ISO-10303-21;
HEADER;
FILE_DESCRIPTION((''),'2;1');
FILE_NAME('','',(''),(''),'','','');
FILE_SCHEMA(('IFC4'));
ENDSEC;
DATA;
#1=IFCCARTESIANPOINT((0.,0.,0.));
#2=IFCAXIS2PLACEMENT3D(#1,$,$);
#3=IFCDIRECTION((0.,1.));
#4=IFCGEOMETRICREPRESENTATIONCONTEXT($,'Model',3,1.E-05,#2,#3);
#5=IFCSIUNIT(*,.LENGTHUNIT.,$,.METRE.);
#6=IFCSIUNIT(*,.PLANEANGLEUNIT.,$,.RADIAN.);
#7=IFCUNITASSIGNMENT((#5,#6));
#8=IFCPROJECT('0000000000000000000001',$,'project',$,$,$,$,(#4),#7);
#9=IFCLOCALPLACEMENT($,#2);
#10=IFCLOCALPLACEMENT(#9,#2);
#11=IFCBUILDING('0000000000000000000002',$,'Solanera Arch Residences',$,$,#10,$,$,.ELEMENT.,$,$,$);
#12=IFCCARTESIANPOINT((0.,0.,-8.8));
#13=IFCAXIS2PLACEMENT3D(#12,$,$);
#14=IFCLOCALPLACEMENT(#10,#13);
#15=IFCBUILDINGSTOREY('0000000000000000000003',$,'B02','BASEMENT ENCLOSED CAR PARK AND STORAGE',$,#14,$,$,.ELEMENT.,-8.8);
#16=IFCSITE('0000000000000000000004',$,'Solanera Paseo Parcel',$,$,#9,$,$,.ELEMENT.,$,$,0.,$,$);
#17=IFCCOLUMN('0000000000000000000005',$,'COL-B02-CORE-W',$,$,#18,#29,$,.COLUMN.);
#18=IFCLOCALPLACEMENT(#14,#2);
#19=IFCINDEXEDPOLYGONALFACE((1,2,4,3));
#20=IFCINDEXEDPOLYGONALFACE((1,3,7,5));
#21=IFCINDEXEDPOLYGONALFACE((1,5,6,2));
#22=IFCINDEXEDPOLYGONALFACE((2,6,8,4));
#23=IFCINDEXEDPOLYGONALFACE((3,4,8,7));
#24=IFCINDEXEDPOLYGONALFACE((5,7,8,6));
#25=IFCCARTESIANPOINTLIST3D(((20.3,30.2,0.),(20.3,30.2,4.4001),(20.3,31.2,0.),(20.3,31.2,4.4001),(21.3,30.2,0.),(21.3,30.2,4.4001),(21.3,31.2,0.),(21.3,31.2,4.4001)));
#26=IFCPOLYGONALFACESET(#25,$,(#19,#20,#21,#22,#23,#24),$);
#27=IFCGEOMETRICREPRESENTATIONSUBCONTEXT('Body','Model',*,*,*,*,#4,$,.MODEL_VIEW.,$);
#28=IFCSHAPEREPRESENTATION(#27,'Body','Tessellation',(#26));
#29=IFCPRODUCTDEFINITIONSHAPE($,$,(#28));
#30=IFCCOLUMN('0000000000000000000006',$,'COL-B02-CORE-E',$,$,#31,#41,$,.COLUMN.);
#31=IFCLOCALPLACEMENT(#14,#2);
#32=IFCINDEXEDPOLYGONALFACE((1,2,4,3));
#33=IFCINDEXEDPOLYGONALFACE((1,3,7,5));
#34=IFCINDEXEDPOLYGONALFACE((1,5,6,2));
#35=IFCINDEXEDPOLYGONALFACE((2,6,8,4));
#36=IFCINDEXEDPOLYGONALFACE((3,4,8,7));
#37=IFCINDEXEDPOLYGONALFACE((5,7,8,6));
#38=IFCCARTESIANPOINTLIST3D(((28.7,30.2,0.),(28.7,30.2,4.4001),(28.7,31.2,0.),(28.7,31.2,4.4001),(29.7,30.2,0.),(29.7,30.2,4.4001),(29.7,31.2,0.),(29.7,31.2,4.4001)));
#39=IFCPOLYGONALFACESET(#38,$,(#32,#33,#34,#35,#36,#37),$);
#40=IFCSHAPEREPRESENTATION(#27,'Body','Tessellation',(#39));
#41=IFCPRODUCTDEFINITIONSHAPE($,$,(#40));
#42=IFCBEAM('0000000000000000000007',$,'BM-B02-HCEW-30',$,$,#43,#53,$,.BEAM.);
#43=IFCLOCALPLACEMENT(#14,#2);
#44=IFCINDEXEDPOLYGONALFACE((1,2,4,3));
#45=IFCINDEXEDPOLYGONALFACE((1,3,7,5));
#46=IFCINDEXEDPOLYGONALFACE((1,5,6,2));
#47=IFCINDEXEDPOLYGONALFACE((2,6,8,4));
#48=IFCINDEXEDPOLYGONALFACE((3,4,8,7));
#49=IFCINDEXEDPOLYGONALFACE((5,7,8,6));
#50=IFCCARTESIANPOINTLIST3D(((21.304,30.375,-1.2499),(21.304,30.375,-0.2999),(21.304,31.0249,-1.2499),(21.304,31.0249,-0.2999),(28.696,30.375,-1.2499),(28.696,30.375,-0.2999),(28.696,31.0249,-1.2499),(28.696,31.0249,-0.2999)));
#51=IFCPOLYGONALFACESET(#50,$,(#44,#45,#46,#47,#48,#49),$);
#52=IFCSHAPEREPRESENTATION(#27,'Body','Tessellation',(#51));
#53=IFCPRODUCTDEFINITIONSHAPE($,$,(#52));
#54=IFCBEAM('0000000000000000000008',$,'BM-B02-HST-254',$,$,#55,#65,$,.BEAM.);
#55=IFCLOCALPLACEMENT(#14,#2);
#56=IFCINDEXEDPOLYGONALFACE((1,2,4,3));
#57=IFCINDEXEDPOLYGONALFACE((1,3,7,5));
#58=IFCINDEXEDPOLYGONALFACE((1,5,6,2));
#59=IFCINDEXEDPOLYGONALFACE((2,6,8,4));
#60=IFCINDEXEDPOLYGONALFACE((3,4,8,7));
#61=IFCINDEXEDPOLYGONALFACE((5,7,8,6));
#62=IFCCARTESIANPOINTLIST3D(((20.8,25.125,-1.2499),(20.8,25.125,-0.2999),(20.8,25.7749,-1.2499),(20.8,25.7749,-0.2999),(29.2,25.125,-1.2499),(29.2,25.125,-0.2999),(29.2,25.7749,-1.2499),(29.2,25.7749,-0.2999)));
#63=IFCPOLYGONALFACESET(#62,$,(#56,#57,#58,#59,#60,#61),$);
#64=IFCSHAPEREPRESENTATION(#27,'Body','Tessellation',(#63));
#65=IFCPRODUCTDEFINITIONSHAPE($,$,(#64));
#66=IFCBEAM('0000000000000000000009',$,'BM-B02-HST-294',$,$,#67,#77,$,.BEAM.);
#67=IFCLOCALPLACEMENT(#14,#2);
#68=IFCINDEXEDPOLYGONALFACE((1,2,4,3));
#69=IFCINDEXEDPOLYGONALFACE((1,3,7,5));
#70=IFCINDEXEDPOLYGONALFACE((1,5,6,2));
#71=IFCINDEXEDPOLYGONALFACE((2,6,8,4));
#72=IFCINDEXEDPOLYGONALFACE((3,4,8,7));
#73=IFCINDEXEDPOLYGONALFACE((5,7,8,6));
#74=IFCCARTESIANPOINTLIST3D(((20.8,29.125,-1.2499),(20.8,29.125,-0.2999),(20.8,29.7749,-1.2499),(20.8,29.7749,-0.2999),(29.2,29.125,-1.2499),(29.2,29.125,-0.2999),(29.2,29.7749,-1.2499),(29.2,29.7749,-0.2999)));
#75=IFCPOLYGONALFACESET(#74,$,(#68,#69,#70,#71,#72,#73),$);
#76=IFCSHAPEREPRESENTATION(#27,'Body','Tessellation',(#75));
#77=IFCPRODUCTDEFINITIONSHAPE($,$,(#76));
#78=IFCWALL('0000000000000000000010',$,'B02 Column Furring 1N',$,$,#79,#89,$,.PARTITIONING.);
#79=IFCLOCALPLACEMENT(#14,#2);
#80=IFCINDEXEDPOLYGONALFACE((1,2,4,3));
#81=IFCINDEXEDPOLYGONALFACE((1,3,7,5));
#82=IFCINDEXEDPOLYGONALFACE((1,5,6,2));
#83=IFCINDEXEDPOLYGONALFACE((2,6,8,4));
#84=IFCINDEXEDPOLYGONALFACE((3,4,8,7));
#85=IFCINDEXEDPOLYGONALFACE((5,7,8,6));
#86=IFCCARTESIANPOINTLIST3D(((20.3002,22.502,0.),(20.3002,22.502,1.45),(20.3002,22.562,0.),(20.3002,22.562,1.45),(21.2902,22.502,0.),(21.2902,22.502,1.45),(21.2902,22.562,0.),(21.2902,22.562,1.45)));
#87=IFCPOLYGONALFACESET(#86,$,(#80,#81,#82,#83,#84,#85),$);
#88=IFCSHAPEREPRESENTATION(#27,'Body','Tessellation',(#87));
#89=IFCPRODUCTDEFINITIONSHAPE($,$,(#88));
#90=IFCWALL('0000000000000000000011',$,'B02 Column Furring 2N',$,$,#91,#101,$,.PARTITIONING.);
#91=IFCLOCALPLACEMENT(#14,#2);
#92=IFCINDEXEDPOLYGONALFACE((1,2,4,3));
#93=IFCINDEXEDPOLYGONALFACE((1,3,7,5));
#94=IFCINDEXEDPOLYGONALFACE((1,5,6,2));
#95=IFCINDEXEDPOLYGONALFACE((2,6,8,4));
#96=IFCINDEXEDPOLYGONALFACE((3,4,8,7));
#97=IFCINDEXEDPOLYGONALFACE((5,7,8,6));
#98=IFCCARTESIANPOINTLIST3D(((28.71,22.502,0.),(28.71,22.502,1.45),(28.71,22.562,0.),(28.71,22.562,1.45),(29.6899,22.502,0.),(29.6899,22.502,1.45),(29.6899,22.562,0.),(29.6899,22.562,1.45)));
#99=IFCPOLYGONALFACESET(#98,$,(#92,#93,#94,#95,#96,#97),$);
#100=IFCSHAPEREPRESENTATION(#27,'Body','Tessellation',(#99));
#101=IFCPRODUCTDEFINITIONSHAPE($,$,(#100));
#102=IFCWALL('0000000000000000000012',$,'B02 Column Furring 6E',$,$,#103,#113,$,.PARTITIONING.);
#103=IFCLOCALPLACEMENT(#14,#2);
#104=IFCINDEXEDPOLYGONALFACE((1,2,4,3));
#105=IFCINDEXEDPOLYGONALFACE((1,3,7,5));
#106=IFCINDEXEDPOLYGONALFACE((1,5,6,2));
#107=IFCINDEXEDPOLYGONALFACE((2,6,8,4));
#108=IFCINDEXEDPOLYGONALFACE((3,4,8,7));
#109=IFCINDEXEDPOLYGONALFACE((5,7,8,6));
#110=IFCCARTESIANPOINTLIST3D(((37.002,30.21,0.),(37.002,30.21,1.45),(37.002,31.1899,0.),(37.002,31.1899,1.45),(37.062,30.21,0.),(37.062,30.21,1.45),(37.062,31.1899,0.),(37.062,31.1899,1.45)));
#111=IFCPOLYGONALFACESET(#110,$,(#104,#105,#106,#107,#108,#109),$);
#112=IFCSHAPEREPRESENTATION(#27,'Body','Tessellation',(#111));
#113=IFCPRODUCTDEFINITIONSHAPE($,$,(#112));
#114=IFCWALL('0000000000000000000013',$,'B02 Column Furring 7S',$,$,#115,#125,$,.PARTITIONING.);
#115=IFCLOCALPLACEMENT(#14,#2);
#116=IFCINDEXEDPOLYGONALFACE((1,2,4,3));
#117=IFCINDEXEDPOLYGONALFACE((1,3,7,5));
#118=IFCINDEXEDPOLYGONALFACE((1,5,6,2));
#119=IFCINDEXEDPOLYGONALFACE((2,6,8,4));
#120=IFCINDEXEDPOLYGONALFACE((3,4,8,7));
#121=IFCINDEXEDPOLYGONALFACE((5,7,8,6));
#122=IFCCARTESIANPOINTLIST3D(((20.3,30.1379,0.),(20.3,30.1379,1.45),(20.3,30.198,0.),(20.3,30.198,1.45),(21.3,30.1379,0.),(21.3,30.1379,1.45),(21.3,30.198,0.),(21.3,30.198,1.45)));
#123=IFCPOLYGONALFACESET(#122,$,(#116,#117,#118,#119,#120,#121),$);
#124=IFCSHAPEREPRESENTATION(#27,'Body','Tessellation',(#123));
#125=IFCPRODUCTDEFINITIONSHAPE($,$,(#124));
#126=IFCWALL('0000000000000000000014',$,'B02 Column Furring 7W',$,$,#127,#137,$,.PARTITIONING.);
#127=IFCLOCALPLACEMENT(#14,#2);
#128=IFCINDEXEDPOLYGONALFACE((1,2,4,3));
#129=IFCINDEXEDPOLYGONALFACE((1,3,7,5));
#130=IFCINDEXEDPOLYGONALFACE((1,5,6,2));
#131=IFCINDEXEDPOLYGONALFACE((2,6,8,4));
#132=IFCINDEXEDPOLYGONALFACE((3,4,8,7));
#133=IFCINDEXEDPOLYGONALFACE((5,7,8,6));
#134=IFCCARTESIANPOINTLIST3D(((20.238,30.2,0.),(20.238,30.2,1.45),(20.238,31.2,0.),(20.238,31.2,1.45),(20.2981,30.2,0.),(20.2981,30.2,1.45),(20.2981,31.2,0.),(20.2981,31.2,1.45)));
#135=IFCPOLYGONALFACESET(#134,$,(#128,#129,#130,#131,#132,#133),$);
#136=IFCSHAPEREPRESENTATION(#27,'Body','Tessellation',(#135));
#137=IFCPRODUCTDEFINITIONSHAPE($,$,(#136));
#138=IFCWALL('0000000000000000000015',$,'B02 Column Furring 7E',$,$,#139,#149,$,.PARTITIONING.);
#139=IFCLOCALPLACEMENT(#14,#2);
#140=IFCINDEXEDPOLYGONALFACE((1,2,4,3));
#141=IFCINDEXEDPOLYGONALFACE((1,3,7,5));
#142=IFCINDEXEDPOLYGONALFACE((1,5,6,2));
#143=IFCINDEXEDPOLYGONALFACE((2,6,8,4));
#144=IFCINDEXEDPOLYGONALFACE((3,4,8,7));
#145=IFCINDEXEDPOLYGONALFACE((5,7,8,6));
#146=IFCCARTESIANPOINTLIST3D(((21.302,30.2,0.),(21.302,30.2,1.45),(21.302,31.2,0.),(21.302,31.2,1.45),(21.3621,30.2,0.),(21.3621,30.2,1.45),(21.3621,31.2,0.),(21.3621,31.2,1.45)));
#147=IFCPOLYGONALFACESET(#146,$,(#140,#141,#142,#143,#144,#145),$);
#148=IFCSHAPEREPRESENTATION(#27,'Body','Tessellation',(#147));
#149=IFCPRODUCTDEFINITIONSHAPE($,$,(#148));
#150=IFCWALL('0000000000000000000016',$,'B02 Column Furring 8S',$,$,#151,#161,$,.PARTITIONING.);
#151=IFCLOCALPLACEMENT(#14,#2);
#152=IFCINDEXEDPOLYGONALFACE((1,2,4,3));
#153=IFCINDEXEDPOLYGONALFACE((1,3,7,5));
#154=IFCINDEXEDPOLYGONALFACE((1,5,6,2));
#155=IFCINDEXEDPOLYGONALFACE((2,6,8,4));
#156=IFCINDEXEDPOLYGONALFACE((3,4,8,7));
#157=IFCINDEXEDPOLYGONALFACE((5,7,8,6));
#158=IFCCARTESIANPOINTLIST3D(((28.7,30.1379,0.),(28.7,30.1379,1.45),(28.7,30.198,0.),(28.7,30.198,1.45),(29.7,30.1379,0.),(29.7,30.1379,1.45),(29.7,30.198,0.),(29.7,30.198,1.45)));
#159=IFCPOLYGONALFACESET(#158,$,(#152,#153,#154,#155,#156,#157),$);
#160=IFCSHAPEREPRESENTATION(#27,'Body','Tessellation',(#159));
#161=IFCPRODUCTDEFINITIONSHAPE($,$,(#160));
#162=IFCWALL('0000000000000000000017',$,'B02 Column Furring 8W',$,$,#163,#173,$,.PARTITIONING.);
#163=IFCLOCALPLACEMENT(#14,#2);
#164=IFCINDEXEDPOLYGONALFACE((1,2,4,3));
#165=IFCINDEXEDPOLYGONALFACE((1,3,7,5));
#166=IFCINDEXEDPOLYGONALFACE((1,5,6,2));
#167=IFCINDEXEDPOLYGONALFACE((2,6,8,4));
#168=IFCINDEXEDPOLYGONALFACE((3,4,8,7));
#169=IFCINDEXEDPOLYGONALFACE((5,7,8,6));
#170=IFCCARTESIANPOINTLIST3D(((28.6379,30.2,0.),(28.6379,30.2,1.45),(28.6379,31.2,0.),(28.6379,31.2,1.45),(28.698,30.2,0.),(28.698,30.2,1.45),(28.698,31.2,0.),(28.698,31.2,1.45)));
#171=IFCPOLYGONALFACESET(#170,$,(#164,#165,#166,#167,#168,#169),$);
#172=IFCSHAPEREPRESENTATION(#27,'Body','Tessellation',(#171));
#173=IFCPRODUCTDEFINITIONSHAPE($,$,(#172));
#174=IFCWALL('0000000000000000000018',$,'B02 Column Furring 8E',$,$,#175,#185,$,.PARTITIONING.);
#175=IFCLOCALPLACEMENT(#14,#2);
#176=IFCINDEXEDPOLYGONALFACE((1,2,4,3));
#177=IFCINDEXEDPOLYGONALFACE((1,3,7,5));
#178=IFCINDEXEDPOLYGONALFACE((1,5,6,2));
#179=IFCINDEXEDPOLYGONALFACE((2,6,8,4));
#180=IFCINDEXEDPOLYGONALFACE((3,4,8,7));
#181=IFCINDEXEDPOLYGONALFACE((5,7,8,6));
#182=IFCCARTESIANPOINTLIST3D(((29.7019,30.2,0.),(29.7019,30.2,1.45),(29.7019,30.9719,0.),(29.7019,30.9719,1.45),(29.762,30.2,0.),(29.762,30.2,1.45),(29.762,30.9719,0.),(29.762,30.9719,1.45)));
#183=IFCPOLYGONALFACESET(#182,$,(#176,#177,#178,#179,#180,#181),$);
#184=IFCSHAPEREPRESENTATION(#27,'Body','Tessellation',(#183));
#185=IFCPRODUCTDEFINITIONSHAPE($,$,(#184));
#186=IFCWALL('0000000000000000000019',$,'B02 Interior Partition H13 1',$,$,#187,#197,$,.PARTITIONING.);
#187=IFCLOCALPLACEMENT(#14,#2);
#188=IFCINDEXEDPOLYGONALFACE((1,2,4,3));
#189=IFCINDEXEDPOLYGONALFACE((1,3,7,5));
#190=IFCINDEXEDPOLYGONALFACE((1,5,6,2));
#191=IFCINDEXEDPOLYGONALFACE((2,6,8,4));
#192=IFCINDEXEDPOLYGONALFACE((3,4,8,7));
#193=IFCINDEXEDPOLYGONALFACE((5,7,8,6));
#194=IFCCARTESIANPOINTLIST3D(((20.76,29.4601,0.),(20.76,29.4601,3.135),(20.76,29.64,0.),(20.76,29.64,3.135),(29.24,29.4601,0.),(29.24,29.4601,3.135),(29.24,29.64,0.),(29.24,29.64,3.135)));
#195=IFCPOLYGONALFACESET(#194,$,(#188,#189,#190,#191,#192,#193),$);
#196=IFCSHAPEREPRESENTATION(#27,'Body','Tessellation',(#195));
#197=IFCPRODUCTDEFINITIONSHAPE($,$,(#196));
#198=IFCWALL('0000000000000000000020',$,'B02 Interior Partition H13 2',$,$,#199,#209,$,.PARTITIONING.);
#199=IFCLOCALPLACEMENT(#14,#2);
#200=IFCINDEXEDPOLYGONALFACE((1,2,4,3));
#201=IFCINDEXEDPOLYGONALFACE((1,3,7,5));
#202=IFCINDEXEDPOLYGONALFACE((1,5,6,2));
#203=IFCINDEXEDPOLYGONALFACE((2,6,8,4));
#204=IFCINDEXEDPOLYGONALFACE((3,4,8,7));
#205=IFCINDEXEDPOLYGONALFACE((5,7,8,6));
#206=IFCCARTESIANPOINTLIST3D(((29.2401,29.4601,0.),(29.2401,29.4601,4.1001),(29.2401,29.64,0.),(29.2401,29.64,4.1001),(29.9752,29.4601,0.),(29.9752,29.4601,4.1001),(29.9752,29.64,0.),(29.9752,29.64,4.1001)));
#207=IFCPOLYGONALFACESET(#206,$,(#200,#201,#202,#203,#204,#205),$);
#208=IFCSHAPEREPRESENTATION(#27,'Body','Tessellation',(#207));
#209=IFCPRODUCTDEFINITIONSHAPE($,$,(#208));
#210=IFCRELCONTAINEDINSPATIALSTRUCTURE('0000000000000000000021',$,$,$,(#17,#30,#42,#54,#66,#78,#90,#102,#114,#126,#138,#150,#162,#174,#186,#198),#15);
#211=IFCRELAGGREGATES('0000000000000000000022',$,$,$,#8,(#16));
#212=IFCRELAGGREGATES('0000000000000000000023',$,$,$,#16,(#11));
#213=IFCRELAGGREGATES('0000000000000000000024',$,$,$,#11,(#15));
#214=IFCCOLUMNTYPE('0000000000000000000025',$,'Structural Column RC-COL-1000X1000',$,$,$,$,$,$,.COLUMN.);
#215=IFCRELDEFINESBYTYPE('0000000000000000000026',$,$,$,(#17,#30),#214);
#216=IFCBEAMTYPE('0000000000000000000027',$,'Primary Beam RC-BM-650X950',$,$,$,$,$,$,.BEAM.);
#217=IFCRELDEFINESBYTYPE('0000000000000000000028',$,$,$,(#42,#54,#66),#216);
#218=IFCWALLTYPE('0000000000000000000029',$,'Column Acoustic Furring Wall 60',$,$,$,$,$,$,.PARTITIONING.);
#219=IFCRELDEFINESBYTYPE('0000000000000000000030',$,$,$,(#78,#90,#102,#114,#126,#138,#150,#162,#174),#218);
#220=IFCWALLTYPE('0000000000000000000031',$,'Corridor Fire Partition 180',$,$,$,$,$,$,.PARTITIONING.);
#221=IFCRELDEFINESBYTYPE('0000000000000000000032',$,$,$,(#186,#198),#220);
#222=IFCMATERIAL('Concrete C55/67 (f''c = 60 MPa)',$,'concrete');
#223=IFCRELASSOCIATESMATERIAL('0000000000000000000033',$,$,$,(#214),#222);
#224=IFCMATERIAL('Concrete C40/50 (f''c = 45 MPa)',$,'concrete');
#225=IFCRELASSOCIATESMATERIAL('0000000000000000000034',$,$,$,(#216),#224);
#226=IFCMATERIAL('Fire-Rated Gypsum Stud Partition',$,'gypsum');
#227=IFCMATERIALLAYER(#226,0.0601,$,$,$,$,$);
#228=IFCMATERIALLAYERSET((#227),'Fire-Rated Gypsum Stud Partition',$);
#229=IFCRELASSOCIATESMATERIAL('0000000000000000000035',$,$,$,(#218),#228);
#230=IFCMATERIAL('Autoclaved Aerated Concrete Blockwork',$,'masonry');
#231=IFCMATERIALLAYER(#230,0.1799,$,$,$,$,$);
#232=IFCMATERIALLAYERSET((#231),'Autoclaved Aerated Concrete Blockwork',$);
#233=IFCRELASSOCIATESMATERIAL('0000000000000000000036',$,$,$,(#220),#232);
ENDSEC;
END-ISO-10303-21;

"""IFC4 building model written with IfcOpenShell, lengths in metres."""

from ifc_helpers import new_model, si_unit, direction, frame, frame_2d, origin, origin_2d, place, context, subcontext, project, spatial, rectangle, extrude, material, layer, layer_set, material_profile, profile_set, type_object, element, save


model = new_model("IFC4")

# Units and contexts
model_context = context("Model", 3, precision=1e-05, world=origin(), true_north=direction((0.0, 1.0)))
body_context = subcontext(model_context, "Body", "Model", "MODEL_VIEW")
ifc_project = project(units=[si_unit("LENGTHUNIT", "METRE"), si_unit("PLANEANGLEUNIT", "RADIAN")], contexts=[model_context])

# Site, building, storey
site_placement = place(None, origin())
site = spatial("IfcSite", under=ifc_project, at=site_placement, Name="Solanera Paseo Parcel", CompositionType="ELEMENT", RefElevation=0.0)
building_placement = place(site_placement, origin())
building = spatial("IfcBuilding", under=site, at=building_placement, Name="Solanera Arch Residences", CompositionType="ELEMENT")
storey_placement = place(building_placement, frame((0.0, 0.0, -8.8)))
storey = spatial("IfcBuildingStorey", under=building, at=storey_placement, Name="B02", Description="BASEMENT ENCLOSED CAR PARK AND STORAGE", CompositionType="ELEMENT", Elevation=-8.8)

# Columns
ifc_material_1 = material(Name="Concrete C55/67 (f'c = 60 MPa)", Category="concrete")
ifc_material_profile_1 = material_profile(ifc_material_1, rectangle(XDim=1.0, YDim=1.0, at=origin_2d()))
ifc_profile_set_1 = profile_set([ifc_material_profile_1], Name="Concrete C55/67 (f'c = 60 MPa)")
column_type = type_object("IfcColumnType", Name="Structural Column RC-COL-1000X1000", PredefinedType="COLUMN", material=ifc_profile_set_1)
for number, where, z_axis, x_axis, name in (
    (1, (20.8, 30.7, 0.0), (0.0, 0.0, 1.0), (1.0, 0.0, 0.0), "COL-B02-CORE-W"),
    (2, (29.2, 30.7, 0.0), (0.0, 0.0, 1.0), (1.0, 0.0, 0.0), "COL-B02-CORE-E"),
):
    element("IfcColumn", number, at=place(storey_placement, frame(where, z_axis=z_axis, x_axis=x_axis)), inside=storey, type_object=column_type, Name=name, PredefinedType="COLUMN", context=body_context, shape_type="SweptSolid", body=[
        extrude(rectangle(XDim=1.0, YDim=1.0, at=origin_2d()), origin(), (0.0, 0.0, 1.0), 4.4001),
    ])

# Beams
ifc_material_2 = material(Name="Concrete C40/50 (f'c = 45 MPa)", Category="concrete")
ifc_material_profile_2 = material_profile(ifc_material_2, rectangle(XDim=0.6499, YDim=0.95, at=origin_2d()))
ifc_profile_set_2 = profile_set([ifc_material_profile_2], Name="Concrete C40/50 (f'c = 45 MPa)")
beam_type = type_object("IfcBeamType", Name="Primary Beam RC-BM-650X950", PredefinedType="BEAM", material=ifc_profile_set_2)
beam_placement = place(storey_placement, frame((21.304, 30.7, -0.7749), z_axis=(1.0, 0.0, 0.0), x_axis=(0.0, 1.0, 0.0)))
element("IfcBeam", 3, at=beam_placement, inside=storey, type_object=beam_type, Name="BM-B02-HCEW-30", PredefinedType="BEAM", context=body_context, shape_type="SweptSolid", body=[
    extrude(rectangle(XDim=0.6499, YDim=0.95, at=origin_2d()), origin(), (0.0, 0.0, 1.0), 7.3921),
])
for number, where, z_axis, x_axis, name in (
    (4, (20.8, 25.45, -0.7749), (1.0, 0.0, 0.0), (0.0, 1.0, 0.0), "BM-B02-HST-254"),
    (5, (20.8, 29.45, -0.7749), (1.0, 0.0, 0.0), (0.0, 1.0, 0.0), "BM-B02-HST-294"),
):
    element("IfcBeam", number, at=place(storey_placement, frame(where, z_axis=z_axis, x_axis=x_axis)), inside=storey, type_object=beam_type, Name=name, PredefinedType="BEAM", context=body_context, shape_type="SweptSolid", body=[
        extrude(rectangle(XDim=0.6499, YDim=0.95, at=origin_2d()), origin(), (0.0, 0.0, 1.0), 8.3999),
    ])

# Walls
ifc_material_3 = material(Name="Fire-Rated Gypsum Stud Partition", Category="gypsum")
ifc_layer_1 = layer(ifc_material_3, 0.0601)
ifc_layer_set_1 = layer_set([ifc_layer_1], Name="Fire-Rated Gypsum Stud Partition")
wall_type_1 = type_object("IfcWallType", Name="Column Acoustic Furring Wall 60", PredefinedType="PARTITIONING", material=ifc_layer_set_1)
wall_1_placement = place(storey_placement, frame((20.3, 22.532, 0.0), z_axis=(0.0, 0.0, 1.0), x_axis=(1.0, 0.0, 0.0)))
element("IfcWall", 6, at=wall_1_placement, inside=storey, type_object=wall_type_1, Name="B02 Column Furring 1N", PredefinedType="PARTITIONING", context=body_context, shape_type="SweptSolid", body=[
    extrude(rectangle(XDim=0.99, YDim=0.0601, at=frame_2d((0.4951, 0.0))), origin(), (0.0, 0.0, 1.0), 1.45),
])
for number, where, z_axis, x_axis, name in (
    (7, (28.71, 22.532, 0.0), (0.0, 0.0, 1.0), (1.0, 0.0, 0.0), "B02 Column Furring 2N"),
    (8, (37.032, 30.21, 0.0), (0.0, 0.0, 1.0), (0.0, 1.0, 0.0), "B02 Column Furring 6E"),
):
    element("IfcWall", number, at=place(storey_placement, frame(where, z_axis=z_axis, x_axis=x_axis)), inside=storey, type_object=wall_type_1, Name=name, PredefinedType="PARTITIONING", context=body_context, shape_type="SweptSolid", body=[
        extrude(rectangle(XDim=0.98, YDim=0.0601, at=frame_2d((0.49, 0.0))), origin(), (0.0, 0.0, 1.0), 1.45),
    ])
for number, where, z_axis, x_axis, name in (
    (9, (20.3, 30.168, 0.0), (0.0, 0.0, 1.0), (1.0, 0.0, 0.0), "B02 Column Furring 7S"),
    (10, (20.2681, 30.2, 0.0), (0.0, 0.0, 1.0), (0.0, 1.0, 0.0), "B02 Column Furring 7W"),
    (11, (21.332, 30.2, 0.0), (0.0, 0.0, 1.0), (0.0, 1.0, 0.0), "B02 Column Furring 7E"),
    (12, (28.7, 30.168, 0.0), (0.0, 0.0, 1.0), (1.0, 0.0, 0.0), "B02 Column Furring 8S"),
    (13, (28.668, 30.2, 0.0), (0.0, 0.0, 1.0), (0.0, 1.0, 0.0), "B02 Column Furring 8W"),
):
    element("IfcWall", number, at=place(storey_placement, frame(where, z_axis=z_axis, x_axis=x_axis)), inside=storey, type_object=wall_type_1, Name=name, PredefinedType="PARTITIONING", context=body_context, shape_type="SweptSolid", body=[
        extrude(rectangle(XDim=1.0, YDim=0.0601, at=frame_2d((0.5, 0.0))), origin(), (0.0, 0.0, 1.0), 1.45),
    ])
wall_2_placement = place(storey_placement, frame((29.7319, 30.2, 0.0), z_axis=(0.0, 0.0, 1.0), x_axis=(0.0, 1.0, 0.0)))
element("IfcWall", 14, at=wall_2_placement, inside=storey, type_object=wall_type_1, Name="B02 Column Furring 8E", PredefinedType="PARTITIONING", context=body_context, shape_type="SweptSolid", body=[
    extrude(rectangle(XDim=0.772, YDim=0.0601, at=frame_2d((0.386, 0.0))), origin(), (0.0, 0.0, 1.0), 1.45),
])
ifc_material_4 = material(Name="Autoclaved Aerated Concrete Blockwork", Category="masonry")
ifc_layer_2 = layer(ifc_material_4, 0.1799)
ifc_layer_set_2 = layer_set([ifc_layer_2], Name="Autoclaved Aerated Concrete Blockwork")
wall_type_2 = type_object("IfcWallType", Name="Corridor Fire Partition 180", PredefinedType="PARTITIONING", material=ifc_layer_set_2)
wall_3_placement = place(storey_placement, frame((20.76, 29.55, 0.0), z_axis=(0.0, 0.0, 1.0), x_axis=(1.0, 0.0, 0.0)))
element("IfcWall", 15, at=wall_3_placement, inside=storey, type_object=wall_type_2, Name="B02 Interior Partition H13 1", PredefinedType="PARTITIONING", context=body_context, shape_type="SweptSolid", body=[
    extrude(rectangle(XDim=8.48, YDim=0.1799, at=frame_2d((4.24, 0.0))), origin(), (0.0, 0.0, 1.0), 3.135),
])
wall_4_placement = place(storey_placement, frame((29.24, 29.55, 0.0), z_axis=(0.0, 0.0, 1.0), x_axis=(1.0, 0.0, 0.0)))
element("IfcWall", 16, at=wall_4_placement, inside=storey, type_object=wall_type_2, Name="B02 Interior Partition H13 2", PredefinedType="PARTITIONING", context=body_context, shape_type="SweptSolid", body=[
    extrude(rectangle(XDim=0.7351, YDim=0.1799, at=frame_2d((0.3677, 0.0))), origin(), (0.0, 0.0, 1.0), 4.1001),
])

save(model, "model.ifc")
